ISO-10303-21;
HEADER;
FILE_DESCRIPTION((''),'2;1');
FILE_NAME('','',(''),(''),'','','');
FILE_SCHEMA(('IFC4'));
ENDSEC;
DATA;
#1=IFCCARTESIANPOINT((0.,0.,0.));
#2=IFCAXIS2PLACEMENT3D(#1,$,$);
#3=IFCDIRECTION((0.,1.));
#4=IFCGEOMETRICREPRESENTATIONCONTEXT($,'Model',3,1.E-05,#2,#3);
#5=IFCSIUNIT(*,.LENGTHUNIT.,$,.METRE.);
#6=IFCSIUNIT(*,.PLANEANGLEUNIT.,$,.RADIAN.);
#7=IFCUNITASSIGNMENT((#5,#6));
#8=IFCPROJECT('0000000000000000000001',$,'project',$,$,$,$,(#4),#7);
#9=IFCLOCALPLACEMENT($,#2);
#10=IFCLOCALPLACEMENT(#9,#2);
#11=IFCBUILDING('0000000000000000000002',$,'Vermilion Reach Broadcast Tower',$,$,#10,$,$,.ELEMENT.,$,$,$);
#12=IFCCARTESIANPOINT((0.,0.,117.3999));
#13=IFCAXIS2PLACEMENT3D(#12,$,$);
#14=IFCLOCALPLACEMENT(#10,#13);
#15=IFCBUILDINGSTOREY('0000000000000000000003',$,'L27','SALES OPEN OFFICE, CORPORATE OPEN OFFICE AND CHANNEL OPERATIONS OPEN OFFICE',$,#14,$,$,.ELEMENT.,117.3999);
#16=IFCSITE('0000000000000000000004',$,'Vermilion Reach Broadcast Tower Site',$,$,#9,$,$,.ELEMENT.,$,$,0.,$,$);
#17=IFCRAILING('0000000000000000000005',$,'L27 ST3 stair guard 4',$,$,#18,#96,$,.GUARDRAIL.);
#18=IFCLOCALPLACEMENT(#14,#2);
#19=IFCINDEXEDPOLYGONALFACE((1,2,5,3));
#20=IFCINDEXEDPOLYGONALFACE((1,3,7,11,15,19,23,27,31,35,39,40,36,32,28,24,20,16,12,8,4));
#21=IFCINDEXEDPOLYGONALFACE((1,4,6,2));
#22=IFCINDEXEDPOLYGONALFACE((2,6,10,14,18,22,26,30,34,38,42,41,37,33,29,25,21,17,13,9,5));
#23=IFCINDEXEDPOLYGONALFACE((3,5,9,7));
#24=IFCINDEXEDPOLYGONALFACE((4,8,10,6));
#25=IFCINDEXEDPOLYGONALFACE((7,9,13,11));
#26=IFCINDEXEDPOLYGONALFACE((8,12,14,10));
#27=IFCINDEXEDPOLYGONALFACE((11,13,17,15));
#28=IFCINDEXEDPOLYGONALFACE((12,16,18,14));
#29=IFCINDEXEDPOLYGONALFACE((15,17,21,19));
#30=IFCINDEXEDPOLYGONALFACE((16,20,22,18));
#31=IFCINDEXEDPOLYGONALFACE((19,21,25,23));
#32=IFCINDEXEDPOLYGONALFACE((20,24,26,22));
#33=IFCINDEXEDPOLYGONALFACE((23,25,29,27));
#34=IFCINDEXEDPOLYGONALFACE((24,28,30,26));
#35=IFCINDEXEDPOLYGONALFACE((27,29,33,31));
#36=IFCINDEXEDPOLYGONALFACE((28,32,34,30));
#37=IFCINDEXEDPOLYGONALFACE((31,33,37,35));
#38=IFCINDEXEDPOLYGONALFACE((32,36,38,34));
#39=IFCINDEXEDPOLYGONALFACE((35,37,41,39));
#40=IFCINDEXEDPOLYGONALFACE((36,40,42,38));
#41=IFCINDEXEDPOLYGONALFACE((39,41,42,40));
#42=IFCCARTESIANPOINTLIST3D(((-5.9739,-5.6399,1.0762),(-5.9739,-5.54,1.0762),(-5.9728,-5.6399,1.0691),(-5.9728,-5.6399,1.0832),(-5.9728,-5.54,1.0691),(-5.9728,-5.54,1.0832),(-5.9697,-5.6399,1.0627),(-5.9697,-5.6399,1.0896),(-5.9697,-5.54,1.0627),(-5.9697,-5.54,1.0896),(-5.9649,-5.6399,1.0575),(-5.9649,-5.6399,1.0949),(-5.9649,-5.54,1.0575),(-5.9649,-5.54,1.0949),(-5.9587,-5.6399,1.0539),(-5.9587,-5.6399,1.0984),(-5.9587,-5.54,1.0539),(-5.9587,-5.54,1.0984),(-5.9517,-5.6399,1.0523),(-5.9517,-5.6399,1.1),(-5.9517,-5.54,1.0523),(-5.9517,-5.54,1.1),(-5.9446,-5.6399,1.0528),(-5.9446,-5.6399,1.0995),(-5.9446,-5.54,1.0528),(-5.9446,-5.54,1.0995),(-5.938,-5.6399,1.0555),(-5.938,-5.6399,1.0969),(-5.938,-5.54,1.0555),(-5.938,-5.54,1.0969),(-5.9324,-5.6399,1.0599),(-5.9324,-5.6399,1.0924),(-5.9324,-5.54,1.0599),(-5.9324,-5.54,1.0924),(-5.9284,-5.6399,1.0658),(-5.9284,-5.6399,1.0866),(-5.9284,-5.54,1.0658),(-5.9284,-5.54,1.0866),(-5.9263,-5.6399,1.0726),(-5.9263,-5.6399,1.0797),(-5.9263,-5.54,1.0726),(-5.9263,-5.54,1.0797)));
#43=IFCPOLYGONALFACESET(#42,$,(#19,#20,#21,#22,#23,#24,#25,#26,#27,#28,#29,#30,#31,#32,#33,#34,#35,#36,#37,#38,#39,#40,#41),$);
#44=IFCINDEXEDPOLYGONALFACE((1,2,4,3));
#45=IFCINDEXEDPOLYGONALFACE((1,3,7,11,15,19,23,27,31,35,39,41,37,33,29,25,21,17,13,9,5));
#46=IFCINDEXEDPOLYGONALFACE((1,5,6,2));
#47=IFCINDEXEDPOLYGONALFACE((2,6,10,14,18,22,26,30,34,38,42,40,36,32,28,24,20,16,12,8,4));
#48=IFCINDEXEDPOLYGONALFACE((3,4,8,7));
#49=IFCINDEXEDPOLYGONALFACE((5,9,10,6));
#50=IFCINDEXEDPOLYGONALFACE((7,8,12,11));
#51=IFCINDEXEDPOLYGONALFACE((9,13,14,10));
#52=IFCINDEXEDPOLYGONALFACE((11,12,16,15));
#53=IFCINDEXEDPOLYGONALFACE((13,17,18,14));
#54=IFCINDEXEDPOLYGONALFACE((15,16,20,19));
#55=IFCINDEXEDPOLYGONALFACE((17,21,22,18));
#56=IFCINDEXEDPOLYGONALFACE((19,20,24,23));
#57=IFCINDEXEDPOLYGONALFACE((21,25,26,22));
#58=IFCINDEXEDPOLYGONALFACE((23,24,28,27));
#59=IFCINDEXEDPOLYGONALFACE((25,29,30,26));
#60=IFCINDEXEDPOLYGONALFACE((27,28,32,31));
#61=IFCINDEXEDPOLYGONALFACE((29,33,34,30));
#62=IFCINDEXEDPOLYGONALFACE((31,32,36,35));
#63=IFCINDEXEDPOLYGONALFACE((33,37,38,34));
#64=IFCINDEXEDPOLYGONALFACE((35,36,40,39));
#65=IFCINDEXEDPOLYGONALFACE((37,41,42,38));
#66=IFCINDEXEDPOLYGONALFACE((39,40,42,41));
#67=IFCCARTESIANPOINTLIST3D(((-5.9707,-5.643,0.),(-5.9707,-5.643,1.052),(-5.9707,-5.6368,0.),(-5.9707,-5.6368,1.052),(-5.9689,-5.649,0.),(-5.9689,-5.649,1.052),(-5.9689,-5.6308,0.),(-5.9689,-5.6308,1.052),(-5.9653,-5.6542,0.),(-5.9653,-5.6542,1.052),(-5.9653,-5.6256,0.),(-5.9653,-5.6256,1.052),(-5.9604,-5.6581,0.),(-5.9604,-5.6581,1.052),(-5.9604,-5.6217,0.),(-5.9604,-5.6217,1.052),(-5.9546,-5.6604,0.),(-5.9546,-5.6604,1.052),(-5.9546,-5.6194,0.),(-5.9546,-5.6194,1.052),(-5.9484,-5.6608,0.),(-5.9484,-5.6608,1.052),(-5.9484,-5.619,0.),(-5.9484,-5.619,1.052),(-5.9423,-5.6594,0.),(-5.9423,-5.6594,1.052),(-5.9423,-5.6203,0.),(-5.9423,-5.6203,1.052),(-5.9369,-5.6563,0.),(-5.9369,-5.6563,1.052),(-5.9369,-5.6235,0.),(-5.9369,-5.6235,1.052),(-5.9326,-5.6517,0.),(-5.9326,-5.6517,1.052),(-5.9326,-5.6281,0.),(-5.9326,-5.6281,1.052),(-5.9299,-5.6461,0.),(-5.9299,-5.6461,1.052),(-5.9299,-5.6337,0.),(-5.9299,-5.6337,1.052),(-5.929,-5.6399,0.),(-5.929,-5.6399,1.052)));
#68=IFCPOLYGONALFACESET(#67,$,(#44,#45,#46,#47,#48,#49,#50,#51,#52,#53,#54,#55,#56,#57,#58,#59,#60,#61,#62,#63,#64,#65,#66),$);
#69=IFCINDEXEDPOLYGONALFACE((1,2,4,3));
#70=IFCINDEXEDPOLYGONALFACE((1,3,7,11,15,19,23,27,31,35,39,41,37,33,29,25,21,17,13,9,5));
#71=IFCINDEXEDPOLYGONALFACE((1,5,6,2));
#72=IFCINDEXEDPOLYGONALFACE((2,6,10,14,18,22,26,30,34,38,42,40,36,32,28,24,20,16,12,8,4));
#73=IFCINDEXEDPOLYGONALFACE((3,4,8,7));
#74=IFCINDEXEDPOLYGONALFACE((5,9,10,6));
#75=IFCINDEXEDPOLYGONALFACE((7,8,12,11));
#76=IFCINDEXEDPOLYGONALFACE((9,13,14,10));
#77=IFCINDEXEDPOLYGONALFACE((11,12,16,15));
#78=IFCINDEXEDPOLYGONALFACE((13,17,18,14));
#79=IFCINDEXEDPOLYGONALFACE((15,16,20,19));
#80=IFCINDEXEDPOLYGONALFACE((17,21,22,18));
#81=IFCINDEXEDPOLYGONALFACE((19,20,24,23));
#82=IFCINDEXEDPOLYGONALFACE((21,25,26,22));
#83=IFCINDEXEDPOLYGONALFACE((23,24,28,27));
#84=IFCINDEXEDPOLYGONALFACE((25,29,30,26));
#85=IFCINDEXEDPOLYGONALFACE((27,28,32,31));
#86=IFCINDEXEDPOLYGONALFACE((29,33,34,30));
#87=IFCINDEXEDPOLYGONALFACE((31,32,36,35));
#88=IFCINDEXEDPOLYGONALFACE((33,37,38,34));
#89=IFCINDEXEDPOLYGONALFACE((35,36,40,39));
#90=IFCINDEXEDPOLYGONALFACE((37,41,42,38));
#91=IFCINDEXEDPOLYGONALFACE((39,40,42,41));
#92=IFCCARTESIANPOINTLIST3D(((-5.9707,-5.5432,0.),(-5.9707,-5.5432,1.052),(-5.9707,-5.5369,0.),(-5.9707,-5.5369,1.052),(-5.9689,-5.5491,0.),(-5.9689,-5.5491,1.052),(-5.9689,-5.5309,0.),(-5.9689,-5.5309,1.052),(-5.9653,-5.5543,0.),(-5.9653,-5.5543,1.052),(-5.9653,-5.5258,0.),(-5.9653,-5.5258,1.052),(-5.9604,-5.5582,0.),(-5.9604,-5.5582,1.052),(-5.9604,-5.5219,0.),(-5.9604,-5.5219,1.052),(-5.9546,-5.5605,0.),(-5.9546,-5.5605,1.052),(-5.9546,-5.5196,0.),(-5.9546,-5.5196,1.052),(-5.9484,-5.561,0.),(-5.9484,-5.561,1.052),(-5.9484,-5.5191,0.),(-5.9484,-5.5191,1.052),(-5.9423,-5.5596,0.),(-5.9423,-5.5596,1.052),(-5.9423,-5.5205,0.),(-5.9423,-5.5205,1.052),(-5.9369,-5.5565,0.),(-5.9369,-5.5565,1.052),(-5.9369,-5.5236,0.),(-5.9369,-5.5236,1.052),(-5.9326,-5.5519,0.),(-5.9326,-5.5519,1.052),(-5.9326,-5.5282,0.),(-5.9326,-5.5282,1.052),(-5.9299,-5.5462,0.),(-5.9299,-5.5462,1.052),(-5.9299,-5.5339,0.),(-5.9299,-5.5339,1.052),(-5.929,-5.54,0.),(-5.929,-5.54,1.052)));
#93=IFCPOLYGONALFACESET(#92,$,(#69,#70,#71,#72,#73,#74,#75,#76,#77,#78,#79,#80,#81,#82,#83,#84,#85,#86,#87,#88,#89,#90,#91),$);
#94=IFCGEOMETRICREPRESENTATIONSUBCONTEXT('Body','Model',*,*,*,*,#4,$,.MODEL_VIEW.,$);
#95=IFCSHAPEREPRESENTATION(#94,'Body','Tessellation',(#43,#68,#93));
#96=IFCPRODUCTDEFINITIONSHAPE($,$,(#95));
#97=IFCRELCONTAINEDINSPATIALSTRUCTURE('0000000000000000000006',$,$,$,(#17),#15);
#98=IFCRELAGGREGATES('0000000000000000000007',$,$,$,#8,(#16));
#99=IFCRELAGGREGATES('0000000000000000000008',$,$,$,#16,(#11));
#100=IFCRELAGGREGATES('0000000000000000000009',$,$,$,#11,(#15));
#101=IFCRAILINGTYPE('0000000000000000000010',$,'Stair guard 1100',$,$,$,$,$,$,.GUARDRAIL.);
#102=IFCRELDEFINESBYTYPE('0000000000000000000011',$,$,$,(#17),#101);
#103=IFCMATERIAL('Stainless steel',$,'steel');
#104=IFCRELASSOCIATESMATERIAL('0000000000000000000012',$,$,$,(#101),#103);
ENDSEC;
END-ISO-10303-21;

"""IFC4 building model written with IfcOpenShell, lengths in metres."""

from ifc_helpers import new_model, si_unit, direction, frame, origin, origin_2d, place, context, subcontext, project, spatial, circle, extrude, material, type_object, element, save


model = new_model("IFC4")

# Units and contexts
model_context = context("Model", 3, precision=1e-05, world=origin(), true_north=direction((0.0, 1.0)))
body_context = subcontext(model_context, "Body", "Model", "MODEL_VIEW")
ifc_project = project(units=[si_unit("LENGTHUNIT", "METRE"), si_unit("PLANEANGLEUNIT", "RADIAN")], contexts=[model_context])

# Site, building, storey
site_placement = place(None, origin())
site = spatial("IfcSite", under=ifc_project, at=site_placement, Name="Vermilion Reach Broadcast Tower Site", CompositionType="ELEMENT", RefElevation=0.0)
building_placement = place(site_placement, origin())
building = spatial("IfcBuilding", under=site, at=building_placement, Name="Vermilion Reach Broadcast Tower", CompositionType="ELEMENT")
storey_placement = place(building_placement, frame((0.0, 0.0, 117.3999)))
storey = spatial("IfcBuildingStorey", under=building, at=storey_placement, Name="L27", Description="SALES OPEN OFFICE, CORPORATE OPEN OFFICE AND CHANNEL OPERATIONS OPEN OFFICE", CompositionType="ELEMENT", Elevation=117.3999)

# Railing
ifc_material_1 = material(Name="Stainless steel", Category="steel")
railing_type_1 = type_object("IfcRailingType", Name="Stair guard 1100", PredefinedType="GUARDRAIL", material=ifc_material_1)
railing_1_placement = place(storey_placement, frame((-5.95, -5.6399, 0.0)))
element("IfcRailing", 1, at=railing_1_placement, inside=storey, type_object=railing_type_1, Name="L27 ST3 stair guard 4", PredefinedType="GUARDRAIL", context=body_context, shape_type="SweptSolid", body=[
    extrude(circle(Radius=0.0239, at=origin_2d()), frame((0.0, 0.0, 1.0762), z_axis=(0.0, 1.0, 0.0), x_axis=(-1.0, 0.0, 0.0)), (0.0, 0.0, 1.0), 0.0999),
    extrude(circle(Radius=0.021, at=origin_2d()), origin(), (0.0, 0.0, 1.0), 1.052),
    extrude(circle(Radius=0.021, at=origin_2d()), frame((0.0, 0.0999, 0.0)), (0.0, 0.0, 1.0), 1.052),
])

save(model, "model.ifc")
